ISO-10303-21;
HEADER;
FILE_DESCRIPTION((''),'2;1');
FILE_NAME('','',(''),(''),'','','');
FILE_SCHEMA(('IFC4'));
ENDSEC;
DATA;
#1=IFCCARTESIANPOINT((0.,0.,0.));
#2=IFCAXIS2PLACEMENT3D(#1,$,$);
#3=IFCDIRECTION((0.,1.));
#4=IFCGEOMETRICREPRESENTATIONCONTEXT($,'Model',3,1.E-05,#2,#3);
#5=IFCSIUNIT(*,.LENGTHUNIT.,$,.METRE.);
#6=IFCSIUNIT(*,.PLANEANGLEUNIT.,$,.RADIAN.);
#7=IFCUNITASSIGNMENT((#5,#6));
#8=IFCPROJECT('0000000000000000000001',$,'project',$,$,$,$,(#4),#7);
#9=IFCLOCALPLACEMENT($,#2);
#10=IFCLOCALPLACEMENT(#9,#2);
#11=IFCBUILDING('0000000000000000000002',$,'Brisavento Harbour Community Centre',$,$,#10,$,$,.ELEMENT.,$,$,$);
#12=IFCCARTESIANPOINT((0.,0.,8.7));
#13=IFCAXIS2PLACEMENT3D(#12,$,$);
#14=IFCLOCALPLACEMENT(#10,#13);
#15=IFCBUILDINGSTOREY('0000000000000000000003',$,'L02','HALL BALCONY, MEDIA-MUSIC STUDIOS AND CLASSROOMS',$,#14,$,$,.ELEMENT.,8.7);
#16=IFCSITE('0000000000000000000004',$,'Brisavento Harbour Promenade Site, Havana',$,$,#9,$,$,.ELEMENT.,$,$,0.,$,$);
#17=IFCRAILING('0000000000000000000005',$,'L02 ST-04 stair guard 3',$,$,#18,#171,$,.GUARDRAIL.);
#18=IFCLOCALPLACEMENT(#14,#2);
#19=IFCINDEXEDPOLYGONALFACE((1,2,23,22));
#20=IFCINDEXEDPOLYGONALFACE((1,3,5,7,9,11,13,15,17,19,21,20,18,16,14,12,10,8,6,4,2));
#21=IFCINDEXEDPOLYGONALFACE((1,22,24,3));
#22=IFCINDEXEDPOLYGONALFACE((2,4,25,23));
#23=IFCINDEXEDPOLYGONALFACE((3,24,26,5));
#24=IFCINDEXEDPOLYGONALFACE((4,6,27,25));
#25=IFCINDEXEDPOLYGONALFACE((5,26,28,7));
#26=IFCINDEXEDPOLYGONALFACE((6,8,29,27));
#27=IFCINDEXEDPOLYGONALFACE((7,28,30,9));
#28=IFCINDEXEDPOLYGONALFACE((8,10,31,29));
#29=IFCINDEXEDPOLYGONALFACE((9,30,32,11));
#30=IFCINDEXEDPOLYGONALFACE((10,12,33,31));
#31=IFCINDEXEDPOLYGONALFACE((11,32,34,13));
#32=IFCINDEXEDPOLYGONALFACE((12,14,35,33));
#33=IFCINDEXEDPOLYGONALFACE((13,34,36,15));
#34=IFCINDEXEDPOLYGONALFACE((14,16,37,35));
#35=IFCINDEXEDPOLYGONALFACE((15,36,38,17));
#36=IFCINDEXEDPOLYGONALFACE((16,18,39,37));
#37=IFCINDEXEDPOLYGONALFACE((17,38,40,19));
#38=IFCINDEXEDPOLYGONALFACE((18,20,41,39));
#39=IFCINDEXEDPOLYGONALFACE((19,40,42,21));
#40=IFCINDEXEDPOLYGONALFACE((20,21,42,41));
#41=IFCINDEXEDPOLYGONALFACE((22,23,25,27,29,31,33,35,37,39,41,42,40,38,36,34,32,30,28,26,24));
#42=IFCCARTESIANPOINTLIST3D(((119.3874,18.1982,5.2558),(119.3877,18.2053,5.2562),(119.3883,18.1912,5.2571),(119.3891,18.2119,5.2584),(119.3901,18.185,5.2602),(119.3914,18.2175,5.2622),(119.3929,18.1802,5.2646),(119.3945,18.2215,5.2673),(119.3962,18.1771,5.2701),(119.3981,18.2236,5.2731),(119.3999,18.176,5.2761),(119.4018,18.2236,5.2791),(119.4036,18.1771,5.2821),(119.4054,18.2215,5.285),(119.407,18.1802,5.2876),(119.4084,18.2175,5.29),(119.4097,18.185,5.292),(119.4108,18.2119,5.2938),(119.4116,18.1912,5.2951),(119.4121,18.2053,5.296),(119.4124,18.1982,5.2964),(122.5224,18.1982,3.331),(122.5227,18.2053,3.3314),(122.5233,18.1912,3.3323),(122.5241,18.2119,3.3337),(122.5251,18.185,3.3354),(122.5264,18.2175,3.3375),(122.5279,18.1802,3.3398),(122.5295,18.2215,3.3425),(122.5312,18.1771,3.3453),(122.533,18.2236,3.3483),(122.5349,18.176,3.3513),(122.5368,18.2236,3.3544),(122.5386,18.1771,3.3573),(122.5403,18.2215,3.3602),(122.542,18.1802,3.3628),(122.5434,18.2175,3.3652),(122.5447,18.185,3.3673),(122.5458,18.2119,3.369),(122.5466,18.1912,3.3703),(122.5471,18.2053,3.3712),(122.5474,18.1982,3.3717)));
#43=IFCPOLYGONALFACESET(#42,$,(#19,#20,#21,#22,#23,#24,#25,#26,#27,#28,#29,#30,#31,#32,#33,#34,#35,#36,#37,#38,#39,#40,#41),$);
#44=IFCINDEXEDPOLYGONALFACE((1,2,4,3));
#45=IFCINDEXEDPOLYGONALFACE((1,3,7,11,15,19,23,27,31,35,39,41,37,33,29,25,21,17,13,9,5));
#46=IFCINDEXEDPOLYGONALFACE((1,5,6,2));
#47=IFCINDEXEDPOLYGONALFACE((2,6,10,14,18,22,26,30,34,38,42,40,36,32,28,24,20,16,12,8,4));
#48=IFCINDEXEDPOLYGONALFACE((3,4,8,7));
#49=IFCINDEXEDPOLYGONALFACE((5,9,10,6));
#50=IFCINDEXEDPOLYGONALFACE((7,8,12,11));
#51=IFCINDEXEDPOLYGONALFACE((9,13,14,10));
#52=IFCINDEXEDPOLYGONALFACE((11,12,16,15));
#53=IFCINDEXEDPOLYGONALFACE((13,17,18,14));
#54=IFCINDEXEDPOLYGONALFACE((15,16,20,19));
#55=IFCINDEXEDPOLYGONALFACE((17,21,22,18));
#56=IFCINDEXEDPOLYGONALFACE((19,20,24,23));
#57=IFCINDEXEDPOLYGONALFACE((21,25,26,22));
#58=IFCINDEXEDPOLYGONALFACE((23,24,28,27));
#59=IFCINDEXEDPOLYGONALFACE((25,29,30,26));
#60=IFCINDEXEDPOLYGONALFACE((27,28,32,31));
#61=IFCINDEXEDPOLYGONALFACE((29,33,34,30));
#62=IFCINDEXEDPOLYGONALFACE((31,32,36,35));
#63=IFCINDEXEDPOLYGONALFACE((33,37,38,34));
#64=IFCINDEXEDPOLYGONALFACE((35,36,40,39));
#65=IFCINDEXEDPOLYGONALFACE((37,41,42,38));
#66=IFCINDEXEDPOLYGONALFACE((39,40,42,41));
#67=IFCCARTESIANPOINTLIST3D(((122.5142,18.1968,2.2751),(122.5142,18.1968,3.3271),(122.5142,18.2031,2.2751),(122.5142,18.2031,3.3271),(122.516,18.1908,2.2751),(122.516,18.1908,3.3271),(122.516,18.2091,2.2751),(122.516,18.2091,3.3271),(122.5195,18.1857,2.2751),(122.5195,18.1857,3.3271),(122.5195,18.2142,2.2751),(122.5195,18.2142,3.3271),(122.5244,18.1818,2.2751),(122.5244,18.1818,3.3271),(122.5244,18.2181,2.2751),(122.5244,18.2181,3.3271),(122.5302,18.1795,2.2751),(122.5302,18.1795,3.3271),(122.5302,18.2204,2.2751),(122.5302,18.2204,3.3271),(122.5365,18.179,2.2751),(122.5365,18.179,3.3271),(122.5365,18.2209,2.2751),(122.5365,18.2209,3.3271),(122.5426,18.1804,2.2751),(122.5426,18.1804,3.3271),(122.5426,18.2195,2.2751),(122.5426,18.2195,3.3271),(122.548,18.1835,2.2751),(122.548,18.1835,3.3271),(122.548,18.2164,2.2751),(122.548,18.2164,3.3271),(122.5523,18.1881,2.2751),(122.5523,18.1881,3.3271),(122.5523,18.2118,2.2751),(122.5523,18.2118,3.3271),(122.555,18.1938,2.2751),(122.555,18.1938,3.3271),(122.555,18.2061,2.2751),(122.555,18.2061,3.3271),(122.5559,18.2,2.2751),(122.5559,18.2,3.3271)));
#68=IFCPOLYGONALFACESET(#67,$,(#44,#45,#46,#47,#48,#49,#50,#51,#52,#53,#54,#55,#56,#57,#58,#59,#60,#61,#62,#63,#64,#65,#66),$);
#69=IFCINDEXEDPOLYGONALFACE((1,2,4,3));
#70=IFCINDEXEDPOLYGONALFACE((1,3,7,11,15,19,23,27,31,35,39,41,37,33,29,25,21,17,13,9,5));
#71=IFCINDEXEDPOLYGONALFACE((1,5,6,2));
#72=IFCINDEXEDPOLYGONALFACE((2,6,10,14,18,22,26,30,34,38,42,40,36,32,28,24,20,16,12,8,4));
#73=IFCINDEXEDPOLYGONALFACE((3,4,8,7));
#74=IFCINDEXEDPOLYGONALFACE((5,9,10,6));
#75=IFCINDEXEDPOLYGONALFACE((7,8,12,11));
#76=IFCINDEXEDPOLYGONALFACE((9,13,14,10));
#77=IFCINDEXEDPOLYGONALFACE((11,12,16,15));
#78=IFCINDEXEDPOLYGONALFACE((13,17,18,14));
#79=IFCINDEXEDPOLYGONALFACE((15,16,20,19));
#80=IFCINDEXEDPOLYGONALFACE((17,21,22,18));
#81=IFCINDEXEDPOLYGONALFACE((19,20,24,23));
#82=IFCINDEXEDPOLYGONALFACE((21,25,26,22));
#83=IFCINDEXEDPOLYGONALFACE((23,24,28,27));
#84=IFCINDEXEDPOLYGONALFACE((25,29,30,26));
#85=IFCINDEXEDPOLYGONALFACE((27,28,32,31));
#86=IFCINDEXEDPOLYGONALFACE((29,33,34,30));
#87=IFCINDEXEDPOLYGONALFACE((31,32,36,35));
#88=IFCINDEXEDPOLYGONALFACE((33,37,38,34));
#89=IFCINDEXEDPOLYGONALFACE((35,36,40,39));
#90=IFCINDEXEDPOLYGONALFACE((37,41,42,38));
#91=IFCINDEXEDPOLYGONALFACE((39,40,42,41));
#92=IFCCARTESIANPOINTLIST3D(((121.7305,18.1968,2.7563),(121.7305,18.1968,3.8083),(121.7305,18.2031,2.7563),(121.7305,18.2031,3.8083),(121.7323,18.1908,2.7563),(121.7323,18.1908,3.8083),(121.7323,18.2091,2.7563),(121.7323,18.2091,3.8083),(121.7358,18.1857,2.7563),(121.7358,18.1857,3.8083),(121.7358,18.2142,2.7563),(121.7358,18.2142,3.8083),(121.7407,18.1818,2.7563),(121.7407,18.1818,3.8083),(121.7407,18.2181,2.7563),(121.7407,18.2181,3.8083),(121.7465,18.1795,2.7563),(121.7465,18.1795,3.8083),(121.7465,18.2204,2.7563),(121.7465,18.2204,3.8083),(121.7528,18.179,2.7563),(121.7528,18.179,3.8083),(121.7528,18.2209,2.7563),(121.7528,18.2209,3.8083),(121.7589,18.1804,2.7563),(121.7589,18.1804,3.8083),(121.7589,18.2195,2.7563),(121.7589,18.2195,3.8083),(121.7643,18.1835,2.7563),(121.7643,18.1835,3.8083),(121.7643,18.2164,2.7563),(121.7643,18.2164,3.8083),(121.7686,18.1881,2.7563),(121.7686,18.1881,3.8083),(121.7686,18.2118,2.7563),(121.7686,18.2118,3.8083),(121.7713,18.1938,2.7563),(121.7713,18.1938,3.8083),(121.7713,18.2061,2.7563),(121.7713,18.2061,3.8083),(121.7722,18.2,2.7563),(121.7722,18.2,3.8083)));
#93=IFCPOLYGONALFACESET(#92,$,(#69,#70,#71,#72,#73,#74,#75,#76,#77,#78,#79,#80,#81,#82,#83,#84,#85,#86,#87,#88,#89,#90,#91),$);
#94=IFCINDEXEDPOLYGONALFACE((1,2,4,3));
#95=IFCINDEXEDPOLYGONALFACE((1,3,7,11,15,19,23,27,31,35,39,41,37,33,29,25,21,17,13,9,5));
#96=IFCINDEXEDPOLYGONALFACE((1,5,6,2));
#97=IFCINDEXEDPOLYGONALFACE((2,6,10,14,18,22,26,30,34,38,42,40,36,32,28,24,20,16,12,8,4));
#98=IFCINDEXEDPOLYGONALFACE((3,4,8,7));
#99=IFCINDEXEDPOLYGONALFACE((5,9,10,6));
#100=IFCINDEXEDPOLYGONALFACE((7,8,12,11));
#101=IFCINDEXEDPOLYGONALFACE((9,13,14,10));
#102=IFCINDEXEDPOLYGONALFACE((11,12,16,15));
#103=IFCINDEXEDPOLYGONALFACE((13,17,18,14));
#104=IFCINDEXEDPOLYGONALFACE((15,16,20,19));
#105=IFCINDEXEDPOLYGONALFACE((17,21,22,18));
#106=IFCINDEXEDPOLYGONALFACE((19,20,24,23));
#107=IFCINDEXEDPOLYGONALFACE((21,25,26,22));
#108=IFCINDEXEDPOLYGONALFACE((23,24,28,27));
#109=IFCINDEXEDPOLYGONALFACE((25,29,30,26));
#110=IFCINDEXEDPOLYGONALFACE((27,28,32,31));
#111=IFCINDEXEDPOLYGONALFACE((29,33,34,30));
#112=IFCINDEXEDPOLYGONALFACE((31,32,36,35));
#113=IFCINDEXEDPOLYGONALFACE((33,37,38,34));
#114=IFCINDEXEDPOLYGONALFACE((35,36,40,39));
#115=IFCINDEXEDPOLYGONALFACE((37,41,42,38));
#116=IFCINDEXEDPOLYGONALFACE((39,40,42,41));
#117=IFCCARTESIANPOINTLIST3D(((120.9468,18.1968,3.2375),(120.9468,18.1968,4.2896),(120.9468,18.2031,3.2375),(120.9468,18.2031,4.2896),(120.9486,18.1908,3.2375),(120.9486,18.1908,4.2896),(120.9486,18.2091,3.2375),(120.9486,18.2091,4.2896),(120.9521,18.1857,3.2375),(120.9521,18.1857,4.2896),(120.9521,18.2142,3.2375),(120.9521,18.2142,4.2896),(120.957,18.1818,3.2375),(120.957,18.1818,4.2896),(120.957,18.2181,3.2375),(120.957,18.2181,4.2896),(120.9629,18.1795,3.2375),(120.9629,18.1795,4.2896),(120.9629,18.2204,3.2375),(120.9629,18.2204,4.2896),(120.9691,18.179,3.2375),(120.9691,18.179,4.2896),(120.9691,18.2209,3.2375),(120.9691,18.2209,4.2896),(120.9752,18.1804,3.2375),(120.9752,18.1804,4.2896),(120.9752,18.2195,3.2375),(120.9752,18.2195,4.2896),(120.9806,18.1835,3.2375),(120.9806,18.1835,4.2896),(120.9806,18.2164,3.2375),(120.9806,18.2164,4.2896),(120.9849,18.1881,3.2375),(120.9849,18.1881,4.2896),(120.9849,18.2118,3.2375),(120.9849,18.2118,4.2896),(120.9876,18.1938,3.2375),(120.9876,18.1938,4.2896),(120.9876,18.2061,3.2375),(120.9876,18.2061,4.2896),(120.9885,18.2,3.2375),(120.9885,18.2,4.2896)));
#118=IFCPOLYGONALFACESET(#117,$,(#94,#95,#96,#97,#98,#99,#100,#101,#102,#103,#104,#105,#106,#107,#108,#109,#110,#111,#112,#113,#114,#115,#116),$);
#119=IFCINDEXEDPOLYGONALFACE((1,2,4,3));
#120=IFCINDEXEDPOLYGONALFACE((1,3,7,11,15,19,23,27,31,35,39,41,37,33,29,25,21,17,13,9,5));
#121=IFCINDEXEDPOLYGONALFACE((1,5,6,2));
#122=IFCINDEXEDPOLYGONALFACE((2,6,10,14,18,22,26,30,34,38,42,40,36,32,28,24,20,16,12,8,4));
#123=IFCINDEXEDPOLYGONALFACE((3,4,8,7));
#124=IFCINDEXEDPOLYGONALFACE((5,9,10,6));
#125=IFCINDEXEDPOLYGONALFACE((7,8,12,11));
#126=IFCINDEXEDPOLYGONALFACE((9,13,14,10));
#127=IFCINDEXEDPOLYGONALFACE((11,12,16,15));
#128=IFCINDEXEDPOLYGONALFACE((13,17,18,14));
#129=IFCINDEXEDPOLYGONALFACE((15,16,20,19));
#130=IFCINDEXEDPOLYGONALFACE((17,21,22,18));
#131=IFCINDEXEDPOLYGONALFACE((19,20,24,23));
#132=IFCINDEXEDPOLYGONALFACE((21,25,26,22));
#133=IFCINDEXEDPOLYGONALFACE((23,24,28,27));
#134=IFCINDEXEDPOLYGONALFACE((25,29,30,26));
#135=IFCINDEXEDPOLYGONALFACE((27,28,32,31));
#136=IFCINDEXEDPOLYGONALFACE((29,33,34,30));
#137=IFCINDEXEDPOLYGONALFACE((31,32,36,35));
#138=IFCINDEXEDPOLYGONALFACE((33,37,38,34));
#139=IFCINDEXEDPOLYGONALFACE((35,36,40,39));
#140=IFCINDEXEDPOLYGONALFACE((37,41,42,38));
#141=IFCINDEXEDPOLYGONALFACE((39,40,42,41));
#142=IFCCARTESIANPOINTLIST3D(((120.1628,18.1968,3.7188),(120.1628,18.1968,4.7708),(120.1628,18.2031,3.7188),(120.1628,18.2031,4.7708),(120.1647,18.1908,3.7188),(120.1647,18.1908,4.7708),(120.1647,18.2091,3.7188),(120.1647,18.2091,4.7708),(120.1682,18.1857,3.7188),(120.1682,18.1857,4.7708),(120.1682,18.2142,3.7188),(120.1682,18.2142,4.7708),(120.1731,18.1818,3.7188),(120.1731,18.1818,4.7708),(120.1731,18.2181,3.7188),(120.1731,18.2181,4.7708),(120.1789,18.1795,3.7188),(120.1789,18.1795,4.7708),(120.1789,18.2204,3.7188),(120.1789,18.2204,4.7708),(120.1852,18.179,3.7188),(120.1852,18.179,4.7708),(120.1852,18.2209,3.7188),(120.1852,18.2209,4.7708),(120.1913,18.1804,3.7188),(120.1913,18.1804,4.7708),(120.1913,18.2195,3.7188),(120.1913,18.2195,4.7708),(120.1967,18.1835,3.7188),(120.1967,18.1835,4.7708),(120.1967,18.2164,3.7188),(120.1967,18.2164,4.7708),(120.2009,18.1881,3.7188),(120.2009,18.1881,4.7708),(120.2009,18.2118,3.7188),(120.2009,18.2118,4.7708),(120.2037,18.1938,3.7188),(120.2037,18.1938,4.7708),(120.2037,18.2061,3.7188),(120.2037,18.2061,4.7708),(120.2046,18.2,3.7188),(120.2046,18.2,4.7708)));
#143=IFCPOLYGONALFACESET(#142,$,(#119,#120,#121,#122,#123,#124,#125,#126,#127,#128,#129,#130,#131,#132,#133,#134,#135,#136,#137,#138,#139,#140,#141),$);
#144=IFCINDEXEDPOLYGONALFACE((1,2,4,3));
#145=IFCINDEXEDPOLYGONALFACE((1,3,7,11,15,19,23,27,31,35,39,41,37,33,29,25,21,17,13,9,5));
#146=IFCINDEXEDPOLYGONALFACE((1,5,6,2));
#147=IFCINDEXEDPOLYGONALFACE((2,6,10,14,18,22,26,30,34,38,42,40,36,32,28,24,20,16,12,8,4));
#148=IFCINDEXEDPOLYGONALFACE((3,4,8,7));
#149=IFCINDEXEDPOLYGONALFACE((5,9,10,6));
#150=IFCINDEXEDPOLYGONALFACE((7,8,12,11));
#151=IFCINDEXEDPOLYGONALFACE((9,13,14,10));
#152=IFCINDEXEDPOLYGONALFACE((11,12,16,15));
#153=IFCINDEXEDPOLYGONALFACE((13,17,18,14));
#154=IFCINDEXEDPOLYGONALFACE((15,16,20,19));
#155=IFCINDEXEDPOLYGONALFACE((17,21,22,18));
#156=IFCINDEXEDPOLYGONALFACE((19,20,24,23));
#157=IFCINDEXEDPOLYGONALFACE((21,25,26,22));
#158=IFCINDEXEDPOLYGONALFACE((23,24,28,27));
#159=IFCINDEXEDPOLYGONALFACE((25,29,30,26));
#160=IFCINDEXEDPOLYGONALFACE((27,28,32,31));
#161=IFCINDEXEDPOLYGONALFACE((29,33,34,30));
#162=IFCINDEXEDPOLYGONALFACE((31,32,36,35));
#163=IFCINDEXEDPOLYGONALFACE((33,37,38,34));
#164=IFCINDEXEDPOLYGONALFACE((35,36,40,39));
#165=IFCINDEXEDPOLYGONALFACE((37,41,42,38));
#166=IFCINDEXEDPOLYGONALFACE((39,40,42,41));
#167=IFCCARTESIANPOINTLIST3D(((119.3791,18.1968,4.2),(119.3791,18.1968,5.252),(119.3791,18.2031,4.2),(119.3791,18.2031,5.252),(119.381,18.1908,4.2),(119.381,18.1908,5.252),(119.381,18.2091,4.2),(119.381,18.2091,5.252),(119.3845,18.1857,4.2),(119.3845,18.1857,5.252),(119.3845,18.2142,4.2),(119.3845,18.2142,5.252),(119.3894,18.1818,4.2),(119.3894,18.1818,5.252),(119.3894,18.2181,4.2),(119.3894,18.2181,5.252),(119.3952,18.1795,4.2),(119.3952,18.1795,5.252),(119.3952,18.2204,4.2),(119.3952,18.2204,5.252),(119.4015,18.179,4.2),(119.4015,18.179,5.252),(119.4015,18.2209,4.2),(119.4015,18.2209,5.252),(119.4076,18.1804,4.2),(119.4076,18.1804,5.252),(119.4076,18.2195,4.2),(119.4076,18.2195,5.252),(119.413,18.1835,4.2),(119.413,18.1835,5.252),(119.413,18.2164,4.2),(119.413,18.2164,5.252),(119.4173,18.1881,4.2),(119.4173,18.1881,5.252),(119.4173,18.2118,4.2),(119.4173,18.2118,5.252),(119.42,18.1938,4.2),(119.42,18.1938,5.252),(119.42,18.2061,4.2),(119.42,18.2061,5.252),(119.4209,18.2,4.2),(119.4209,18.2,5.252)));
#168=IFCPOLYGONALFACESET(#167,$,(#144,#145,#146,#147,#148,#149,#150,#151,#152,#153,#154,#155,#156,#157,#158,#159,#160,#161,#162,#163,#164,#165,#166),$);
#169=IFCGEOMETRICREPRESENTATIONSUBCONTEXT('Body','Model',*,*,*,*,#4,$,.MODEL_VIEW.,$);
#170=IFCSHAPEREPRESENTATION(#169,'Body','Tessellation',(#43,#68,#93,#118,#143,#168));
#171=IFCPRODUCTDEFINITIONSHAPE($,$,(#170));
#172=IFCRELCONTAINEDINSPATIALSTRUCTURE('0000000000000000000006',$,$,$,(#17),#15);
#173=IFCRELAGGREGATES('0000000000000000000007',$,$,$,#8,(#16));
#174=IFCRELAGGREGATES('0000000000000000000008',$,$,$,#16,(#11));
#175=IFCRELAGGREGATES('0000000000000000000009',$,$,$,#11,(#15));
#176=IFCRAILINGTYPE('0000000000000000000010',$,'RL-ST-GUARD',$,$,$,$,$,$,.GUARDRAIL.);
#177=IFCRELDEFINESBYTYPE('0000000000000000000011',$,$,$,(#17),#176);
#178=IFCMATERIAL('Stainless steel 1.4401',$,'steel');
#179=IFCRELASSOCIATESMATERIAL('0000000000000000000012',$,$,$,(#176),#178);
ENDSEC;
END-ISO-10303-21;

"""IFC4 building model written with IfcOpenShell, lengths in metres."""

from ifc_helpers import new_model, si_unit, direction, frame, origin, origin_2d, place, context, subcontext, project, spatial, circle, extrude, material, type_object, element, save


model = new_model("IFC4")

# Units and contexts
model_context = context("Model", 3, precision=1e-05, world=origin(), true_north=direction((0.0, 1.0)))
body_context = subcontext(model_context, "Body", "Model", "MODEL_VIEW")
ifc_project = project(units=[si_unit("LENGTHUNIT", "METRE"), si_unit("PLANEANGLEUNIT", "RADIAN")], contexts=[model_context])

# Site, building, storey
site_placement = place(None, origin())
site = spatial("IfcSite", under=ifc_project, at=site_placement, Name="Brisavento Harbour Promenade Site, Havana", CompositionType="ELEMENT", RefElevation=0.0)
building_placement = place(site_placement, origin())
building = spatial("IfcBuilding", under=site, at=building_placement, Name="Brisavento Harbour Community Centre", CompositionType="ELEMENT")
storey_placement = place(building_placement, frame((0.0, 0.0, 8.7)))
storey = spatial("IfcBuildingStorey", under=building, at=storey_placement, Name="L02", Description="HALL BALCONY, MEDIA-MUSIC STUDIOS AND CLASSROOMS", CompositionType="ELEMENT", Elevation=8.7)

# Railing
ifc_material_1 = material(Name="Stainless steel 1.4401", Category="steel")
railing_type_1 = type_object("IfcRailingType", Name="RL-ST-GUARD", PredefinedType="GUARDRAIL", material=ifc_material_1)
railing_1_placement = place(storey_placement, frame((122.5349, 18.2, 2.2751)))
element("IfcRailing", 1, at=railing_1_placement, inside=storey, type_object=railing_type_1, Name="L02 ST-04 stair guard 3", PredefinedType="GUARDRAIL", context=body_context, shape_type="SweptSolid", body=[
    extrude(circle(Radius=0.0239, at=origin_2d()), frame((0.0, 0.0, 1.0762), z_axis=(-0.852196, 0.0, 0.523223), x_axis=(0.0, -1.0, 0.0)), (0.0, 0.0, 1.0), 3.6787),
    extrude(circle(Radius=0.021, at=origin_2d()), origin(), (0.0, 0.0, 1.0), 1.052),
    extrude(circle(Radius=0.021, at=origin_2d()), frame((-0.7837, 0.0, 0.4812)), (0.0, 0.0, 1.0), 1.052),
    extrude(circle(Radius=0.021, at=origin_2d()), frame((-1.5674, 0.0, 0.9624)), (0.0, 0.0, 1.0), 1.052),
    extrude(circle(Radius=0.021, at=origin_2d()), frame((-2.3513, 0.0, 1.4436)), (0.0, 0.0, 1.0), 1.052),
    extrude(circle(Radius=0.021, at=origin_2d()), frame((-3.135, 0.0, 1.9248)), (0.0, 0.0, 1.0), 1.052),
])

save(model, "model.ifc")
